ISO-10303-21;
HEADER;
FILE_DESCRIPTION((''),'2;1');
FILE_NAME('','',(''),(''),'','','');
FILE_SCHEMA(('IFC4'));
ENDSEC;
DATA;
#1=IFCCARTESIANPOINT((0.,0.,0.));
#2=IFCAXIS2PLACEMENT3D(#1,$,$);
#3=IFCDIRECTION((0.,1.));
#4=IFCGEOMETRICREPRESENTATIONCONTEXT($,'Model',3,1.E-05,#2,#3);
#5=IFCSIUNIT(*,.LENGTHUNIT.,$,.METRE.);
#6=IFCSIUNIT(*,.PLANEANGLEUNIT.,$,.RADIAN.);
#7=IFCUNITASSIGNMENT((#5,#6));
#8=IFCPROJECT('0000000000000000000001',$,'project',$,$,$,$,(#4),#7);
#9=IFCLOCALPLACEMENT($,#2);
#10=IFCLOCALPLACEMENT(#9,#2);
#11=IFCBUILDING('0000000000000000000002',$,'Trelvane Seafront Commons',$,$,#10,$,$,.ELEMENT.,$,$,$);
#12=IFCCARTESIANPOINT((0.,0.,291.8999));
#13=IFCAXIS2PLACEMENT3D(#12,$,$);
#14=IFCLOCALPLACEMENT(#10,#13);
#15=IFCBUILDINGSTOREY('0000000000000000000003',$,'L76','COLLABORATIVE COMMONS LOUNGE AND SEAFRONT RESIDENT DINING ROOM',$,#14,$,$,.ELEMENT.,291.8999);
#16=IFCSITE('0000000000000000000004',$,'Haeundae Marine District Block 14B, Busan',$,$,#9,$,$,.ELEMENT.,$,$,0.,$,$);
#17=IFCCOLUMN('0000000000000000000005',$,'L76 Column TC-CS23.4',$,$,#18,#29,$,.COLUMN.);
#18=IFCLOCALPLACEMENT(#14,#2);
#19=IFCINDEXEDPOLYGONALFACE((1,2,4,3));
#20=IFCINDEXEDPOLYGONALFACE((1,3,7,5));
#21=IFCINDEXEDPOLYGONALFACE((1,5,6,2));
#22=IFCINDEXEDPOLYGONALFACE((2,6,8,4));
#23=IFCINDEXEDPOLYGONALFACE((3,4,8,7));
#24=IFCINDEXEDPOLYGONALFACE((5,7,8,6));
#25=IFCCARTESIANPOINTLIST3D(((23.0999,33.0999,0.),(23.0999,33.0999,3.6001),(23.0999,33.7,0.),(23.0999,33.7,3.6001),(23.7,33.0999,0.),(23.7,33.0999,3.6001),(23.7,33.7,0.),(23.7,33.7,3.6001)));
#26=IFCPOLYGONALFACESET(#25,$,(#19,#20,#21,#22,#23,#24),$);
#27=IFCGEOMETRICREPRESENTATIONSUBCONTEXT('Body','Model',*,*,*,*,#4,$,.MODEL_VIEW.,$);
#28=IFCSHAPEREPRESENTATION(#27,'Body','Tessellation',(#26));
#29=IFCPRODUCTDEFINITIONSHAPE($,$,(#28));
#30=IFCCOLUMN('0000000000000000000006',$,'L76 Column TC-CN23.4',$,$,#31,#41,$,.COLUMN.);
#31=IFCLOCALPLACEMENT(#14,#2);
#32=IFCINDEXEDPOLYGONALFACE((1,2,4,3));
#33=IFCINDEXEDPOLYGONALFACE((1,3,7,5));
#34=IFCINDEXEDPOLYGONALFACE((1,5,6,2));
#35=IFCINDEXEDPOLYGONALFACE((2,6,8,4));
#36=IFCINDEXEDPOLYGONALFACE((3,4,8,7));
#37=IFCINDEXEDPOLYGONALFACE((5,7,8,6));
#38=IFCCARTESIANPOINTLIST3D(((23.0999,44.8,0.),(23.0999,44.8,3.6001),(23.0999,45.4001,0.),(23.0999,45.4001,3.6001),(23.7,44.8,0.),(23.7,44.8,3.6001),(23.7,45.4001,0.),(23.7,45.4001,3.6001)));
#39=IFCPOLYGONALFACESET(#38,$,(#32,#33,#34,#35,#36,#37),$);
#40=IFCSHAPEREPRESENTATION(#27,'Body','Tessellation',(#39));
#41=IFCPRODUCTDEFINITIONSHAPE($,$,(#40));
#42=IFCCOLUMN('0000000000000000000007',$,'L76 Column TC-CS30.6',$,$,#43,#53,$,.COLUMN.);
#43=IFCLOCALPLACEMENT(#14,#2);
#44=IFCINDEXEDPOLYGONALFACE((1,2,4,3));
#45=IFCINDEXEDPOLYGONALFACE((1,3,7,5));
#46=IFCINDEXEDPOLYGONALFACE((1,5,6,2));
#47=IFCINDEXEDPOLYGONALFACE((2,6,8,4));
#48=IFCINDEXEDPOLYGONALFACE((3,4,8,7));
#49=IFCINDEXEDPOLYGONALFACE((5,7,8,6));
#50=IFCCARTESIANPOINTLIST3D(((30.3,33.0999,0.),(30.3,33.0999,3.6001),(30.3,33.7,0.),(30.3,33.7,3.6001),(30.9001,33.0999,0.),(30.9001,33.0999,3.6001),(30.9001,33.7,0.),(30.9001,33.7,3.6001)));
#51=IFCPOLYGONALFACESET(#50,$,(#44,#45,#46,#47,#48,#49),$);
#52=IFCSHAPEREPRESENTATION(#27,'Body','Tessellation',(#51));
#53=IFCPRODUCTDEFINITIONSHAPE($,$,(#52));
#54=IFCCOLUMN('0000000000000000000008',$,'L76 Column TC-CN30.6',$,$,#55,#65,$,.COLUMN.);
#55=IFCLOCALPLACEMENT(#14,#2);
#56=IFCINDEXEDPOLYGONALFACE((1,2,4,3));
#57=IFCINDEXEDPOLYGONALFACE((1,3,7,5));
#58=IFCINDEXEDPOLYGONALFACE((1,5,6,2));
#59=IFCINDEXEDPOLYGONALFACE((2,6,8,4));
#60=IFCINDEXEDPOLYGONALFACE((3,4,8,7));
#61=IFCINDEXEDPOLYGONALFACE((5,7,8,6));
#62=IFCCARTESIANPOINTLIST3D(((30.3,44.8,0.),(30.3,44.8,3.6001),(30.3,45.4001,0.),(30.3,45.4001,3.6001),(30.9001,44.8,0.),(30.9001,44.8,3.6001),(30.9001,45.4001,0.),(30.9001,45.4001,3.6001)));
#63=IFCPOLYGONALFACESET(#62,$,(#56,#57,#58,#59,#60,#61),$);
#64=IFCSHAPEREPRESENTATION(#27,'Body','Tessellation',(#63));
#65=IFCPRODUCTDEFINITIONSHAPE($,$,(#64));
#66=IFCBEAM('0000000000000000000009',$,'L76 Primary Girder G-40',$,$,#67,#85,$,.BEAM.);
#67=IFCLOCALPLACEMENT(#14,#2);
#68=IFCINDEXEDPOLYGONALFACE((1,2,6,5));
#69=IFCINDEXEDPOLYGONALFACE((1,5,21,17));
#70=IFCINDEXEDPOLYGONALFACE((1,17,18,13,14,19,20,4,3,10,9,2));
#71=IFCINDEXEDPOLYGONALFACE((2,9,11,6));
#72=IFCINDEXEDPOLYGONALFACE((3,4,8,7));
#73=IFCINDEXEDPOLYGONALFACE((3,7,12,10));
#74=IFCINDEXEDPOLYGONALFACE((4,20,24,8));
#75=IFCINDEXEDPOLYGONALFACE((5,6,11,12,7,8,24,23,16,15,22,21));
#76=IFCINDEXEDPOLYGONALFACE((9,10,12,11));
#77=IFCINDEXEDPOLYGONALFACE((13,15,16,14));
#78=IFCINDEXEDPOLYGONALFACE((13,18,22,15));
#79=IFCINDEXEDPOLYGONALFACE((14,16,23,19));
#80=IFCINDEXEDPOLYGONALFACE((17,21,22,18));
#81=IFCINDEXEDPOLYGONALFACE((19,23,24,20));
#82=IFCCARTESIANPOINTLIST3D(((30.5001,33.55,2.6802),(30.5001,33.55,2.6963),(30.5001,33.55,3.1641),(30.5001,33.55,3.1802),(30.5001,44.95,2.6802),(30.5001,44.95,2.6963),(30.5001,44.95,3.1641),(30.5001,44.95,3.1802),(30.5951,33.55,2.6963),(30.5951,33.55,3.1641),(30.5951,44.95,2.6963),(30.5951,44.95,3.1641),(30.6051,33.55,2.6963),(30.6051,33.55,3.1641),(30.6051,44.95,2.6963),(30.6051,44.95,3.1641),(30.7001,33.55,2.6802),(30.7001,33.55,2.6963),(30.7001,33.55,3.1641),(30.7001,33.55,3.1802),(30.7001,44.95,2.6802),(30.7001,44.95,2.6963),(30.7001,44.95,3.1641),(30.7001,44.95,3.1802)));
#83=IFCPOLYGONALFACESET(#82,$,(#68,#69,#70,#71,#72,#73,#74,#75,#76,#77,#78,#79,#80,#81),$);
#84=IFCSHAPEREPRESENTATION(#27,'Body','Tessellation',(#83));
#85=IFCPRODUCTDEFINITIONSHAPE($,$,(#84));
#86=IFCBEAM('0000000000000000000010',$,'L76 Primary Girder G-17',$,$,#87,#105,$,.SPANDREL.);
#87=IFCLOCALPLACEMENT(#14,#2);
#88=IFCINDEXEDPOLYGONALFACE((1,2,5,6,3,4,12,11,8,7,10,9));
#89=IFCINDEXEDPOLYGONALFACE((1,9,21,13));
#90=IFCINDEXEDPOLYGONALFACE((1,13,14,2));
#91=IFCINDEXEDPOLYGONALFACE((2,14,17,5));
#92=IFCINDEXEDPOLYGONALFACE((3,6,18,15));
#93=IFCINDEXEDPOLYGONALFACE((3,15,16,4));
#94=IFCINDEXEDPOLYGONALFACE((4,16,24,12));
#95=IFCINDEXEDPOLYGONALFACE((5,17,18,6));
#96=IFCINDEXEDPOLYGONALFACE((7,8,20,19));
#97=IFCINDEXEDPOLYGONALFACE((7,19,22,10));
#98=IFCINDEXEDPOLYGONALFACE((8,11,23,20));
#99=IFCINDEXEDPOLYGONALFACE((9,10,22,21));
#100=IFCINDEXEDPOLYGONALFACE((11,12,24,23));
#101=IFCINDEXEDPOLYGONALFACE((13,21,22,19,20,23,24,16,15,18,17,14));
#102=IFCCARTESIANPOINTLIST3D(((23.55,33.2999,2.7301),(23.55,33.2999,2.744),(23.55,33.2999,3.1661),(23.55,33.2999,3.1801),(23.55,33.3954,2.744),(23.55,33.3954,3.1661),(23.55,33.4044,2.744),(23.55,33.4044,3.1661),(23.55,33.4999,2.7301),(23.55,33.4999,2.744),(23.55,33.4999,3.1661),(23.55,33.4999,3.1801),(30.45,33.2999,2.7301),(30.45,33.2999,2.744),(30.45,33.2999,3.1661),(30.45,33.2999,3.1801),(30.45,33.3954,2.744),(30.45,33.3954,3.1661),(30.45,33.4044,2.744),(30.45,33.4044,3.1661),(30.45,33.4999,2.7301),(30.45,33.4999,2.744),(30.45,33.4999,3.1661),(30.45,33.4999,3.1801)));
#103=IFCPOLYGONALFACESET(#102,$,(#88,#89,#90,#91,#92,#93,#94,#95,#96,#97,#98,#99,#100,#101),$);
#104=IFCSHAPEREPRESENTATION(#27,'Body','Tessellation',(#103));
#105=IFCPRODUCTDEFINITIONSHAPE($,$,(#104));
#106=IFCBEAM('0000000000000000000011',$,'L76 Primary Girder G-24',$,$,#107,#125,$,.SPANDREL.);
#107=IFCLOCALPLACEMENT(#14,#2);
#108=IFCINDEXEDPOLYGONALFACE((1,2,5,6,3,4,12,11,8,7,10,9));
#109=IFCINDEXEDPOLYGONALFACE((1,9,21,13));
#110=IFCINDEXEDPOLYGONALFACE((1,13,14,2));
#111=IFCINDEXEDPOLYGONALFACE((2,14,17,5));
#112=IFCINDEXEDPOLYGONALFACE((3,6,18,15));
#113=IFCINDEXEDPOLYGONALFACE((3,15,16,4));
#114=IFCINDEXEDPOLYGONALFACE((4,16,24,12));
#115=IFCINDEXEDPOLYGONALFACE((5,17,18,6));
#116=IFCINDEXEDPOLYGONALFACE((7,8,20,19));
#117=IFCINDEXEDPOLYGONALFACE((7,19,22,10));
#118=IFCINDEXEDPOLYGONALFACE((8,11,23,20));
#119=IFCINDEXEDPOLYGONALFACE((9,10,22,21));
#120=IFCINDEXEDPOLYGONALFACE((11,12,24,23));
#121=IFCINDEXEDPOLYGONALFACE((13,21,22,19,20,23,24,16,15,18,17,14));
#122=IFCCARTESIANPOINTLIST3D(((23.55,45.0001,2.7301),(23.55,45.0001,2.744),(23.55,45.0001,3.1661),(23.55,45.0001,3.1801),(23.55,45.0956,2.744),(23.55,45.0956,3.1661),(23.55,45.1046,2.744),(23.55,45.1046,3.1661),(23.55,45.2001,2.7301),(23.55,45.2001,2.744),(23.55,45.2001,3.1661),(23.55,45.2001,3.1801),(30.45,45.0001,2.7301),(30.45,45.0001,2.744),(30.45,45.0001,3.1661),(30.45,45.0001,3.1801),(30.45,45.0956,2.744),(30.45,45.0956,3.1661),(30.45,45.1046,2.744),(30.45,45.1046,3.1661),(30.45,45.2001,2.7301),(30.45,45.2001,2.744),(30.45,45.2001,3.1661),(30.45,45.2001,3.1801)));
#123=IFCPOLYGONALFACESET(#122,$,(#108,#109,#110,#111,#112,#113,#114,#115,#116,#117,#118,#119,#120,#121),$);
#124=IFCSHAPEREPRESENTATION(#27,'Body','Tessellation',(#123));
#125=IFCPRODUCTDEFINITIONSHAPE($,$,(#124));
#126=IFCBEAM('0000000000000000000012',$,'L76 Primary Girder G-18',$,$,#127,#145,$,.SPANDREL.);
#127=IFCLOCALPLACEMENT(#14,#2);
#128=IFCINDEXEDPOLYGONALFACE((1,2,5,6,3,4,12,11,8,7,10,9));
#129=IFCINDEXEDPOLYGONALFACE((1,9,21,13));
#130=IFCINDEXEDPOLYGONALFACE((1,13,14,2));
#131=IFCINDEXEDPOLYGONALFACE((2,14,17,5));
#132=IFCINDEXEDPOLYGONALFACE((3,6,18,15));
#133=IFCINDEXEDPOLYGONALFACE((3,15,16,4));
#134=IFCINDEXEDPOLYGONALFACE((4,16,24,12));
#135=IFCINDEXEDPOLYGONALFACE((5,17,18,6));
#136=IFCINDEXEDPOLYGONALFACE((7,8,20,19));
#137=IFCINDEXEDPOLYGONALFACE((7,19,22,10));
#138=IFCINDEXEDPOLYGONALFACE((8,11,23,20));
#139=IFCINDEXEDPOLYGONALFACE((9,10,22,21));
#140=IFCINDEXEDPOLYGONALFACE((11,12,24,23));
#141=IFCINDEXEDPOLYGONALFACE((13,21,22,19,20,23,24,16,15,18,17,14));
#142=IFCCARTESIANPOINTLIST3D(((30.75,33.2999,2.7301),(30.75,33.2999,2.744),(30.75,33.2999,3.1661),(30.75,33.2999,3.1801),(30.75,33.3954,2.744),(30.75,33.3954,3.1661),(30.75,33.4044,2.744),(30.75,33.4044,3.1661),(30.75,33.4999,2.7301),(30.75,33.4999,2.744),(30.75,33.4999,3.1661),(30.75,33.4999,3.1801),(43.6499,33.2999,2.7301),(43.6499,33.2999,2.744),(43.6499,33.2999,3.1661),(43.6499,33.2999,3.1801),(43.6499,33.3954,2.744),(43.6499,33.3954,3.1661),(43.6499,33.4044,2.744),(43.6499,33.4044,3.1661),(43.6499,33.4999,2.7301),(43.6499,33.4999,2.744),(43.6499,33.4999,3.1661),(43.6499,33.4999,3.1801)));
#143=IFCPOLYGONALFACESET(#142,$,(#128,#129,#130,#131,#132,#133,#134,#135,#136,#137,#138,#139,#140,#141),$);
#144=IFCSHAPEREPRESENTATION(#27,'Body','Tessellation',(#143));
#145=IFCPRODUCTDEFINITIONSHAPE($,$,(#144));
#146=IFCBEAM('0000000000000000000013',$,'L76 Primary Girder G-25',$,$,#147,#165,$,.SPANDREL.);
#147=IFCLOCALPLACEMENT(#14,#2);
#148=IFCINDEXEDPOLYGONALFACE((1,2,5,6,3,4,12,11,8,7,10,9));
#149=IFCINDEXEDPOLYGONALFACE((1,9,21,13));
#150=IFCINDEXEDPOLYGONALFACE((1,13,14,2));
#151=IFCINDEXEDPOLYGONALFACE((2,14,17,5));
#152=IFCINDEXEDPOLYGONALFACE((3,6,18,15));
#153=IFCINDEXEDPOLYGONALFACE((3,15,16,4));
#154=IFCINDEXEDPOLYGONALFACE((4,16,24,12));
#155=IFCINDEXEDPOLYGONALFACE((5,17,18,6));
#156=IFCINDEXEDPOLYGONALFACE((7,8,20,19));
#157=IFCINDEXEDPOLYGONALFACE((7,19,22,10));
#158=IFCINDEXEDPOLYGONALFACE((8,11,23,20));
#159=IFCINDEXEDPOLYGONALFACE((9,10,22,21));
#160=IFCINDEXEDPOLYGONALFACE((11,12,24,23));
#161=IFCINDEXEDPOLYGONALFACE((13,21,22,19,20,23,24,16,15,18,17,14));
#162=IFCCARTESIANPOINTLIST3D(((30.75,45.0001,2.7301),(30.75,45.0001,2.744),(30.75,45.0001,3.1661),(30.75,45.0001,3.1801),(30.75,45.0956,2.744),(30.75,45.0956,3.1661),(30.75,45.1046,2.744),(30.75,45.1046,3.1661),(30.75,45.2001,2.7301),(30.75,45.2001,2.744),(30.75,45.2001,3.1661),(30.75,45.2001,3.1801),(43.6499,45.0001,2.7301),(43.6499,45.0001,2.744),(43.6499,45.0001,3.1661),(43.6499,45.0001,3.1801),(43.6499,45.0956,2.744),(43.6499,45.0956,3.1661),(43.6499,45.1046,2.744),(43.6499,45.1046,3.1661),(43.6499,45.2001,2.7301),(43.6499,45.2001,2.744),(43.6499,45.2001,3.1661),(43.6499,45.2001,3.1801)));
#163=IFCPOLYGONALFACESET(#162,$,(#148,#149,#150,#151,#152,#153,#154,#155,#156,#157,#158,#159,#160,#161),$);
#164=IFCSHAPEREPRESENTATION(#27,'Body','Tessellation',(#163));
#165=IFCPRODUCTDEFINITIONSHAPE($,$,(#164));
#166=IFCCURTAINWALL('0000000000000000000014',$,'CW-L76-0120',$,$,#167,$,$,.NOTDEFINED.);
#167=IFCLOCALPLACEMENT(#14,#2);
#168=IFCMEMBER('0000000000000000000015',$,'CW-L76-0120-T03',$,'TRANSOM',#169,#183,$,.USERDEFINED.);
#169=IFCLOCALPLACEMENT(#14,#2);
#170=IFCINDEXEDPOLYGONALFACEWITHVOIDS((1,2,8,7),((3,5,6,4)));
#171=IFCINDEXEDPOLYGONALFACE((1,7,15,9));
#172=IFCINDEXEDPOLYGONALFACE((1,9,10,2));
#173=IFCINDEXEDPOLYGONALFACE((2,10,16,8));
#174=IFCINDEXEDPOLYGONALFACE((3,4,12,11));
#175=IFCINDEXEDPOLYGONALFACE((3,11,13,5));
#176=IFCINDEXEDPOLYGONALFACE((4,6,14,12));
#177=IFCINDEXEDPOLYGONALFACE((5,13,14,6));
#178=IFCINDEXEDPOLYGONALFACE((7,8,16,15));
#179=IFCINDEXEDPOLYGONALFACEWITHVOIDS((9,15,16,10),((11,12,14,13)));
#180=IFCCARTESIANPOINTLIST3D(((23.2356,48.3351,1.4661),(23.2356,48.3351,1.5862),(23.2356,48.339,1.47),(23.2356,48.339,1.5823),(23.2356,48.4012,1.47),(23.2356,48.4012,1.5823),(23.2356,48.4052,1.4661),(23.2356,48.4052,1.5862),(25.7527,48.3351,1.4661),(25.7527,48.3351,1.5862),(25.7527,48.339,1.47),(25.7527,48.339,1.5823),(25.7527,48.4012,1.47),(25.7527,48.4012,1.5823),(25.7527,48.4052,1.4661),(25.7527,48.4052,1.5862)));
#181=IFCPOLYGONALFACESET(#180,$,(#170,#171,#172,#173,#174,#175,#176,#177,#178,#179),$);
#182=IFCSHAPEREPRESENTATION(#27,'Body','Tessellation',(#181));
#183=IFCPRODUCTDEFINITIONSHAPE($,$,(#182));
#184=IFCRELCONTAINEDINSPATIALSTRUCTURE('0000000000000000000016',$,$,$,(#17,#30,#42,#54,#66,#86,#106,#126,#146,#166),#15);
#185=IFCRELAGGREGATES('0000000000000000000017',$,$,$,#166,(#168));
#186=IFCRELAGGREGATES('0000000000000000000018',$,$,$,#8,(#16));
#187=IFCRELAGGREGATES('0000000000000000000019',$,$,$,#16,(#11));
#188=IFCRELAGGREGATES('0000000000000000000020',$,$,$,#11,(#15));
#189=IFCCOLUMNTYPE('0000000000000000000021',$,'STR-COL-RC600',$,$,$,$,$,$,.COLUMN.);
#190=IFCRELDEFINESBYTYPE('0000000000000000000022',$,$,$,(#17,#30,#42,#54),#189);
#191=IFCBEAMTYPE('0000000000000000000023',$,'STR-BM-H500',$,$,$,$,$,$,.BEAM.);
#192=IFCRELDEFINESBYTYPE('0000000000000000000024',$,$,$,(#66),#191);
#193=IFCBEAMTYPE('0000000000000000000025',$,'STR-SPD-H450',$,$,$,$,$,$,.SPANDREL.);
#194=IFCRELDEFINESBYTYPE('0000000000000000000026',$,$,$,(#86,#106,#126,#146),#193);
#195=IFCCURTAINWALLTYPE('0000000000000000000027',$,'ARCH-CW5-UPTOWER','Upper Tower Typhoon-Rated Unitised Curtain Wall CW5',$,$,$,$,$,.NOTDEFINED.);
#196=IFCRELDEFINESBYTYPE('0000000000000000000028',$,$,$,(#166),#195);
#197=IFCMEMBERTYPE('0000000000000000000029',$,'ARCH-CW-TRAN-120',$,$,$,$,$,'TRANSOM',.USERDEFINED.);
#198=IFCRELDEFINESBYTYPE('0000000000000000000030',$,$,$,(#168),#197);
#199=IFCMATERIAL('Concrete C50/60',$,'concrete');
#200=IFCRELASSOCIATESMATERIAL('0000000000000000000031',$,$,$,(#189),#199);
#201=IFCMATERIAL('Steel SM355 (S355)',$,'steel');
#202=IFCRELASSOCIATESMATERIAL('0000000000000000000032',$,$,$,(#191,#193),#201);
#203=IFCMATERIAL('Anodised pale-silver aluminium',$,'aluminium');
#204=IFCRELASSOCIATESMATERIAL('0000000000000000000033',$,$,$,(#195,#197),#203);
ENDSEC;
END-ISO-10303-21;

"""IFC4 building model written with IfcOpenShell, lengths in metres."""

from ifc_helpers import new_model, si_unit, direction, frame, origin, origin_2d, place, context, subcontext, project, spatial, rectangle, hollow_rectangle, i_section, extrude, source, transform, mapped, material, material_profile, profile_set, type_object, element, aggregate, save


model = new_model("IFC4")

# Units and contexts
model_context = context("Model", 3, precision=1e-05, world=origin(), true_north=direction((0.0, 1.0)))
body_context = subcontext(model_context, "Body", "Model", "MODEL_VIEW")
ifc_project = project(units=[si_unit("LENGTHUNIT", "METRE"), si_unit("PLANEANGLEUNIT", "RADIAN")], contexts=[model_context])

# Site, building, storey
site_placement = place(None, origin())
site = spatial("IfcSite", under=ifc_project, at=site_placement, Name="Haeundae Marine District Block 14B, Busan", CompositionType="ELEMENT", RefElevation=0.0)
building_placement = place(site_placement, origin())
building = spatial("IfcBuilding", under=site, at=building_placement, Name="Trelvane Seafront Commons", CompositionType="ELEMENT")
storey_placement = place(building_placement, frame((0.0, 0.0, 291.8999)))
storey = spatial("IfcBuildingStorey", under=building, at=storey_placement, Name="L76", Description="COLLABORATIVE COMMONS LOUNGE AND SEAFRONT RESIDENT DINING ROOM", CompositionType="ELEMENT", Elevation=291.8999)

# Columns
ifc_material_1 = material(Name="Concrete C50/60", Category="concrete")
ifc_material_profile_1 = material_profile(ifc_material_1, rectangle(XDim=0.6001, YDim=0.6001, at=origin_2d()), Name="RC-600x600")
ifc_profile_set_1 = profile_set([ifc_material_profile_1], Name="Concrete C50/60")
column_type = type_object("IfcColumnType", Name="STR-COL-RC600", PredefinedType="COLUMN", material=ifc_profile_set_1)
shared_shape_1 = source(origin(), body_context, "Body", "SweptSolid", [
    extrude(rectangle(XDim=0.6001, YDim=0.6001, at=origin_2d()), origin(), (0.0, 0.0, 1.0), 3.6001),
])
for number, where, z_axis, x_axis, name in (
    (1, (23.3999, 33.3999, 0.0), (0.0, 0.0, 1.0), (1.0, 0.0, 0.0), "L76 Column TC-CS23.4"),
    (2, (23.3999, 45.1001, 0.0), (0.0, 0.0, 1.0), (1.0, 0.0, 0.0), "L76 Column TC-CN23.4"),
    (3, (30.6001, 33.3999, 0.0), (0.0, 0.0, 1.0), (1.0, 0.0, 0.0), "L76 Column TC-CS30.6"),
    (4, (30.6001, 45.1001, 0.0), (0.0, 0.0, 1.0), (1.0, 0.0, 0.0), "L76 Column TC-CN30.6"),
):
    element("IfcColumn", number, at=place(storey_placement, frame(where, z_axis=z_axis, x_axis=x_axis)), inside=storey, type_object=column_type, Name=name, PredefinedType="COLUMN", context=body_context, shape_type="MappedRepresentation", body=[
        mapped(shared_shape_1, transform((0.0, 0.0, 0.0), x_axis=(1.0, 0.0, 0.0), y_axis=(0.0, 1.0, 0.0), z_axis=(0.0, 0.0, 1.0), scale=1.0)),
    ])

# Beams
ifc_material_2 = material(Name="Steel SM355 (S355)", Category="steel")
ifc_material_profile_2 = material_profile(ifc_material_2, i_section(OverallWidth=0.2, OverallDepth=0.5, WebThickness=0.01, FlangeThickness=0.0161, at=origin_2d()), Name="H-500x200x10x16")
ifc_profile_set_2 = profile_set([ifc_material_profile_2], Name="Steel SM355 (S355)")
beam_type_1 = type_object("IfcBeamType", Name="STR-BM-H500", PredefinedType="BEAM", material=ifc_profile_set_2)
shared_shape_2 = source(origin(), body_context, "Body", "SweptSolid", [
    extrude(i_section(OverallWidth=0.2, OverallDepth=0.5, WebThickness=0.01, FlangeThickness=0.0161, at=origin_2d()), origin(), (0.0, 0.0, 1.0), 11.3999),
])
beam_placement = place(storey_placement, frame((30.6001, 33.55, 2.9302), z_axis=(0.0, 1.0, 0.0), x_axis=(-1.0, 0.0, 0.0)))
element("IfcBeam", 5, at=beam_placement, inside=storey, type_object=beam_type_1, Name="L76 Primary Girder G-40", PredefinedType="BEAM", context=body_context, shape_type="MappedRepresentation", body=[
    mapped(shared_shape_2, transform((0.0, 0.0, 0.0), x_axis=(1.0, 0.0, 0.0), y_axis=(0.0, 1.0, 0.0), z_axis=(0.0, 0.0, 1.0), scale=1.0)),
])
ifc_material_profile_3 = material_profile(ifc_material_2, i_section(OverallWidth=0.2, OverallDepth=0.45, WebThickness=0.009, FlangeThickness=0.0139, at=origin_2d()), Name="H-450x200x9x14")
ifc_profile_set_3 = profile_set([ifc_material_profile_3], Name="Steel SM355 (S355)")
beam_type_2 = type_object("IfcBeamType", Name="STR-SPD-H450", PredefinedType="SPANDREL", material=ifc_profile_set_3)
shared_shape_3 = source(origin(), body_context, "Body", "SweptSolid", [
    extrude(i_section(OverallWidth=0.2, OverallDepth=0.45, WebThickness=0.009, FlangeThickness=0.0139, at=origin_2d()), origin(), (0.0, 0.0, 1.0), 6.8999),
])
for number, where, z_axis, x_axis, name in (
    (6, (23.55, 33.3999, 2.9551), (1.0, 0.0, 0.0), (0.0, 1.0, 0.0), "L76 Primary Girder G-17"),
    (7, (23.55, 45.1001, 2.9551), (1.0, 0.0, 0.0), (0.0, 1.0, 0.0), "L76 Primary Girder G-24"),
):
    element("IfcBeam", number, at=place(storey_placement, frame(where, z_axis=z_axis, x_axis=x_axis)), inside=storey, type_object=beam_type_2, Name=name, PredefinedType="SPANDREL", context=body_context, shape_type="MappedRepresentation", body=[
        mapped(shared_shape_3, transform((0.0, 0.0, 0.0), x_axis=(1.0, 0.0, 0.0), y_axis=(0.0, 1.0, 0.0), z_axis=(0.0, 0.0, 1.0), scale=1.0)),
    ])
shared_shape_4 = source(origin(), body_context, "Body", "SweptSolid", [
    extrude(i_section(OverallWidth=0.2, OverallDepth=0.45, WebThickness=0.009, FlangeThickness=0.0139, at=origin_2d()), origin(), (0.0, 0.0, 1.0), 12.8999),
])
for number, where, z_axis, x_axis, name in (
    (8, (30.75, 33.3999, 2.9551), (1.0, 0.0, 0.0), (0.0, 1.0, 0.0), "L76 Primary Girder G-18"),
    (9, (30.75, 45.1001, 2.9551), (1.0, 0.0, 0.0), (0.0, 1.0, 0.0), "L76 Primary Girder G-25"),
):
    element("IfcBeam", number, at=place(storey_placement, frame(where, z_axis=z_axis, x_axis=x_axis)), inside=storey, type_object=beam_type_2, Name=name, PredefinedType="SPANDREL", context=body_context, shape_type="MappedRepresentation", body=[
        mapped(shared_shape_4, transform((0.0, 0.0, 0.0), x_axis=(1.0, 0.0, 0.0), y_axis=(0.0, 1.0, 0.0), z_axis=(0.0, 0.0, 1.0), scale=1.0)),
    ])

# Curtain wall, member
ifc_material_3 = material(Name="Anodised pale-silver aluminium", Category="aluminium")
curtain_wall_type = type_object("IfcCurtainWallType", Name="ARCH-CW5-UPTOWER", Description="Upper Tower Typhoon-Rated Unitised Curtain Wall CW5", PredefinedType="NOTDEFINED", material=ifc_material_3)
curtain_wall_placement = place(storey_placement, origin())
curtain_wall = element("IfcCurtainWall", 10, at=curtain_wall_placement, inside=storey, type_object=curtain_wall_type, Name="CW-L76-0120", PredefinedType="NOTDEFINED")
ifc_material_profile_4 = material_profile(ifc_material_3, hollow_rectangle(XDim=0.0701, YDim=0.1201, WallThickness=0.0039, at=origin_2d()), Name="TRAN-70x120x4")
ifc_profile_set_4 = profile_set([ifc_material_profile_4], Name="Anodised pale-silver aluminium")
member_type_1 = type_object("IfcMemberType", Name="ARCH-CW-TRAN-120", ElementType="TRANSOM", PredefinedType="USERDEFINED", material=ifc_profile_set_4)
shared_shape_5 = source(origin(), body_context, "Body", "SweptSolid", [
    extrude(hollow_rectangle(XDim=0.0701, YDim=0.1201, WallThickness=0.0039, at=origin_2d()), origin(), (0.0, 0.0, 1.0), 2.5171),
])
member_1_placement = place(storey_placement, frame((23.2356, 48.3701, 1.5261), z_axis=(1.0, 0.0, 0.0), x_axis=(0.0, 1.0, 0.0)))
member_1 = element("IfcMember", 11, at=member_1_placement, type_object=member_type_1, Name="CW-L76-0120-T03", ObjectType="TRANSOM", PredefinedType="USERDEFINED", context=body_context, shape_type="MappedRepresentation", body=[
    mapped(shared_shape_5, transform((0.0, 0.0, 0.0), x_axis=(1.0, 0.0, 0.0), y_axis=(0.0, 1.0, 0.0), z_axis=(0.0, 0.0, 1.0), scale=1.0)),
])
aggregate(curtain_wall, [member_1])

save(model, "model.ifc")
